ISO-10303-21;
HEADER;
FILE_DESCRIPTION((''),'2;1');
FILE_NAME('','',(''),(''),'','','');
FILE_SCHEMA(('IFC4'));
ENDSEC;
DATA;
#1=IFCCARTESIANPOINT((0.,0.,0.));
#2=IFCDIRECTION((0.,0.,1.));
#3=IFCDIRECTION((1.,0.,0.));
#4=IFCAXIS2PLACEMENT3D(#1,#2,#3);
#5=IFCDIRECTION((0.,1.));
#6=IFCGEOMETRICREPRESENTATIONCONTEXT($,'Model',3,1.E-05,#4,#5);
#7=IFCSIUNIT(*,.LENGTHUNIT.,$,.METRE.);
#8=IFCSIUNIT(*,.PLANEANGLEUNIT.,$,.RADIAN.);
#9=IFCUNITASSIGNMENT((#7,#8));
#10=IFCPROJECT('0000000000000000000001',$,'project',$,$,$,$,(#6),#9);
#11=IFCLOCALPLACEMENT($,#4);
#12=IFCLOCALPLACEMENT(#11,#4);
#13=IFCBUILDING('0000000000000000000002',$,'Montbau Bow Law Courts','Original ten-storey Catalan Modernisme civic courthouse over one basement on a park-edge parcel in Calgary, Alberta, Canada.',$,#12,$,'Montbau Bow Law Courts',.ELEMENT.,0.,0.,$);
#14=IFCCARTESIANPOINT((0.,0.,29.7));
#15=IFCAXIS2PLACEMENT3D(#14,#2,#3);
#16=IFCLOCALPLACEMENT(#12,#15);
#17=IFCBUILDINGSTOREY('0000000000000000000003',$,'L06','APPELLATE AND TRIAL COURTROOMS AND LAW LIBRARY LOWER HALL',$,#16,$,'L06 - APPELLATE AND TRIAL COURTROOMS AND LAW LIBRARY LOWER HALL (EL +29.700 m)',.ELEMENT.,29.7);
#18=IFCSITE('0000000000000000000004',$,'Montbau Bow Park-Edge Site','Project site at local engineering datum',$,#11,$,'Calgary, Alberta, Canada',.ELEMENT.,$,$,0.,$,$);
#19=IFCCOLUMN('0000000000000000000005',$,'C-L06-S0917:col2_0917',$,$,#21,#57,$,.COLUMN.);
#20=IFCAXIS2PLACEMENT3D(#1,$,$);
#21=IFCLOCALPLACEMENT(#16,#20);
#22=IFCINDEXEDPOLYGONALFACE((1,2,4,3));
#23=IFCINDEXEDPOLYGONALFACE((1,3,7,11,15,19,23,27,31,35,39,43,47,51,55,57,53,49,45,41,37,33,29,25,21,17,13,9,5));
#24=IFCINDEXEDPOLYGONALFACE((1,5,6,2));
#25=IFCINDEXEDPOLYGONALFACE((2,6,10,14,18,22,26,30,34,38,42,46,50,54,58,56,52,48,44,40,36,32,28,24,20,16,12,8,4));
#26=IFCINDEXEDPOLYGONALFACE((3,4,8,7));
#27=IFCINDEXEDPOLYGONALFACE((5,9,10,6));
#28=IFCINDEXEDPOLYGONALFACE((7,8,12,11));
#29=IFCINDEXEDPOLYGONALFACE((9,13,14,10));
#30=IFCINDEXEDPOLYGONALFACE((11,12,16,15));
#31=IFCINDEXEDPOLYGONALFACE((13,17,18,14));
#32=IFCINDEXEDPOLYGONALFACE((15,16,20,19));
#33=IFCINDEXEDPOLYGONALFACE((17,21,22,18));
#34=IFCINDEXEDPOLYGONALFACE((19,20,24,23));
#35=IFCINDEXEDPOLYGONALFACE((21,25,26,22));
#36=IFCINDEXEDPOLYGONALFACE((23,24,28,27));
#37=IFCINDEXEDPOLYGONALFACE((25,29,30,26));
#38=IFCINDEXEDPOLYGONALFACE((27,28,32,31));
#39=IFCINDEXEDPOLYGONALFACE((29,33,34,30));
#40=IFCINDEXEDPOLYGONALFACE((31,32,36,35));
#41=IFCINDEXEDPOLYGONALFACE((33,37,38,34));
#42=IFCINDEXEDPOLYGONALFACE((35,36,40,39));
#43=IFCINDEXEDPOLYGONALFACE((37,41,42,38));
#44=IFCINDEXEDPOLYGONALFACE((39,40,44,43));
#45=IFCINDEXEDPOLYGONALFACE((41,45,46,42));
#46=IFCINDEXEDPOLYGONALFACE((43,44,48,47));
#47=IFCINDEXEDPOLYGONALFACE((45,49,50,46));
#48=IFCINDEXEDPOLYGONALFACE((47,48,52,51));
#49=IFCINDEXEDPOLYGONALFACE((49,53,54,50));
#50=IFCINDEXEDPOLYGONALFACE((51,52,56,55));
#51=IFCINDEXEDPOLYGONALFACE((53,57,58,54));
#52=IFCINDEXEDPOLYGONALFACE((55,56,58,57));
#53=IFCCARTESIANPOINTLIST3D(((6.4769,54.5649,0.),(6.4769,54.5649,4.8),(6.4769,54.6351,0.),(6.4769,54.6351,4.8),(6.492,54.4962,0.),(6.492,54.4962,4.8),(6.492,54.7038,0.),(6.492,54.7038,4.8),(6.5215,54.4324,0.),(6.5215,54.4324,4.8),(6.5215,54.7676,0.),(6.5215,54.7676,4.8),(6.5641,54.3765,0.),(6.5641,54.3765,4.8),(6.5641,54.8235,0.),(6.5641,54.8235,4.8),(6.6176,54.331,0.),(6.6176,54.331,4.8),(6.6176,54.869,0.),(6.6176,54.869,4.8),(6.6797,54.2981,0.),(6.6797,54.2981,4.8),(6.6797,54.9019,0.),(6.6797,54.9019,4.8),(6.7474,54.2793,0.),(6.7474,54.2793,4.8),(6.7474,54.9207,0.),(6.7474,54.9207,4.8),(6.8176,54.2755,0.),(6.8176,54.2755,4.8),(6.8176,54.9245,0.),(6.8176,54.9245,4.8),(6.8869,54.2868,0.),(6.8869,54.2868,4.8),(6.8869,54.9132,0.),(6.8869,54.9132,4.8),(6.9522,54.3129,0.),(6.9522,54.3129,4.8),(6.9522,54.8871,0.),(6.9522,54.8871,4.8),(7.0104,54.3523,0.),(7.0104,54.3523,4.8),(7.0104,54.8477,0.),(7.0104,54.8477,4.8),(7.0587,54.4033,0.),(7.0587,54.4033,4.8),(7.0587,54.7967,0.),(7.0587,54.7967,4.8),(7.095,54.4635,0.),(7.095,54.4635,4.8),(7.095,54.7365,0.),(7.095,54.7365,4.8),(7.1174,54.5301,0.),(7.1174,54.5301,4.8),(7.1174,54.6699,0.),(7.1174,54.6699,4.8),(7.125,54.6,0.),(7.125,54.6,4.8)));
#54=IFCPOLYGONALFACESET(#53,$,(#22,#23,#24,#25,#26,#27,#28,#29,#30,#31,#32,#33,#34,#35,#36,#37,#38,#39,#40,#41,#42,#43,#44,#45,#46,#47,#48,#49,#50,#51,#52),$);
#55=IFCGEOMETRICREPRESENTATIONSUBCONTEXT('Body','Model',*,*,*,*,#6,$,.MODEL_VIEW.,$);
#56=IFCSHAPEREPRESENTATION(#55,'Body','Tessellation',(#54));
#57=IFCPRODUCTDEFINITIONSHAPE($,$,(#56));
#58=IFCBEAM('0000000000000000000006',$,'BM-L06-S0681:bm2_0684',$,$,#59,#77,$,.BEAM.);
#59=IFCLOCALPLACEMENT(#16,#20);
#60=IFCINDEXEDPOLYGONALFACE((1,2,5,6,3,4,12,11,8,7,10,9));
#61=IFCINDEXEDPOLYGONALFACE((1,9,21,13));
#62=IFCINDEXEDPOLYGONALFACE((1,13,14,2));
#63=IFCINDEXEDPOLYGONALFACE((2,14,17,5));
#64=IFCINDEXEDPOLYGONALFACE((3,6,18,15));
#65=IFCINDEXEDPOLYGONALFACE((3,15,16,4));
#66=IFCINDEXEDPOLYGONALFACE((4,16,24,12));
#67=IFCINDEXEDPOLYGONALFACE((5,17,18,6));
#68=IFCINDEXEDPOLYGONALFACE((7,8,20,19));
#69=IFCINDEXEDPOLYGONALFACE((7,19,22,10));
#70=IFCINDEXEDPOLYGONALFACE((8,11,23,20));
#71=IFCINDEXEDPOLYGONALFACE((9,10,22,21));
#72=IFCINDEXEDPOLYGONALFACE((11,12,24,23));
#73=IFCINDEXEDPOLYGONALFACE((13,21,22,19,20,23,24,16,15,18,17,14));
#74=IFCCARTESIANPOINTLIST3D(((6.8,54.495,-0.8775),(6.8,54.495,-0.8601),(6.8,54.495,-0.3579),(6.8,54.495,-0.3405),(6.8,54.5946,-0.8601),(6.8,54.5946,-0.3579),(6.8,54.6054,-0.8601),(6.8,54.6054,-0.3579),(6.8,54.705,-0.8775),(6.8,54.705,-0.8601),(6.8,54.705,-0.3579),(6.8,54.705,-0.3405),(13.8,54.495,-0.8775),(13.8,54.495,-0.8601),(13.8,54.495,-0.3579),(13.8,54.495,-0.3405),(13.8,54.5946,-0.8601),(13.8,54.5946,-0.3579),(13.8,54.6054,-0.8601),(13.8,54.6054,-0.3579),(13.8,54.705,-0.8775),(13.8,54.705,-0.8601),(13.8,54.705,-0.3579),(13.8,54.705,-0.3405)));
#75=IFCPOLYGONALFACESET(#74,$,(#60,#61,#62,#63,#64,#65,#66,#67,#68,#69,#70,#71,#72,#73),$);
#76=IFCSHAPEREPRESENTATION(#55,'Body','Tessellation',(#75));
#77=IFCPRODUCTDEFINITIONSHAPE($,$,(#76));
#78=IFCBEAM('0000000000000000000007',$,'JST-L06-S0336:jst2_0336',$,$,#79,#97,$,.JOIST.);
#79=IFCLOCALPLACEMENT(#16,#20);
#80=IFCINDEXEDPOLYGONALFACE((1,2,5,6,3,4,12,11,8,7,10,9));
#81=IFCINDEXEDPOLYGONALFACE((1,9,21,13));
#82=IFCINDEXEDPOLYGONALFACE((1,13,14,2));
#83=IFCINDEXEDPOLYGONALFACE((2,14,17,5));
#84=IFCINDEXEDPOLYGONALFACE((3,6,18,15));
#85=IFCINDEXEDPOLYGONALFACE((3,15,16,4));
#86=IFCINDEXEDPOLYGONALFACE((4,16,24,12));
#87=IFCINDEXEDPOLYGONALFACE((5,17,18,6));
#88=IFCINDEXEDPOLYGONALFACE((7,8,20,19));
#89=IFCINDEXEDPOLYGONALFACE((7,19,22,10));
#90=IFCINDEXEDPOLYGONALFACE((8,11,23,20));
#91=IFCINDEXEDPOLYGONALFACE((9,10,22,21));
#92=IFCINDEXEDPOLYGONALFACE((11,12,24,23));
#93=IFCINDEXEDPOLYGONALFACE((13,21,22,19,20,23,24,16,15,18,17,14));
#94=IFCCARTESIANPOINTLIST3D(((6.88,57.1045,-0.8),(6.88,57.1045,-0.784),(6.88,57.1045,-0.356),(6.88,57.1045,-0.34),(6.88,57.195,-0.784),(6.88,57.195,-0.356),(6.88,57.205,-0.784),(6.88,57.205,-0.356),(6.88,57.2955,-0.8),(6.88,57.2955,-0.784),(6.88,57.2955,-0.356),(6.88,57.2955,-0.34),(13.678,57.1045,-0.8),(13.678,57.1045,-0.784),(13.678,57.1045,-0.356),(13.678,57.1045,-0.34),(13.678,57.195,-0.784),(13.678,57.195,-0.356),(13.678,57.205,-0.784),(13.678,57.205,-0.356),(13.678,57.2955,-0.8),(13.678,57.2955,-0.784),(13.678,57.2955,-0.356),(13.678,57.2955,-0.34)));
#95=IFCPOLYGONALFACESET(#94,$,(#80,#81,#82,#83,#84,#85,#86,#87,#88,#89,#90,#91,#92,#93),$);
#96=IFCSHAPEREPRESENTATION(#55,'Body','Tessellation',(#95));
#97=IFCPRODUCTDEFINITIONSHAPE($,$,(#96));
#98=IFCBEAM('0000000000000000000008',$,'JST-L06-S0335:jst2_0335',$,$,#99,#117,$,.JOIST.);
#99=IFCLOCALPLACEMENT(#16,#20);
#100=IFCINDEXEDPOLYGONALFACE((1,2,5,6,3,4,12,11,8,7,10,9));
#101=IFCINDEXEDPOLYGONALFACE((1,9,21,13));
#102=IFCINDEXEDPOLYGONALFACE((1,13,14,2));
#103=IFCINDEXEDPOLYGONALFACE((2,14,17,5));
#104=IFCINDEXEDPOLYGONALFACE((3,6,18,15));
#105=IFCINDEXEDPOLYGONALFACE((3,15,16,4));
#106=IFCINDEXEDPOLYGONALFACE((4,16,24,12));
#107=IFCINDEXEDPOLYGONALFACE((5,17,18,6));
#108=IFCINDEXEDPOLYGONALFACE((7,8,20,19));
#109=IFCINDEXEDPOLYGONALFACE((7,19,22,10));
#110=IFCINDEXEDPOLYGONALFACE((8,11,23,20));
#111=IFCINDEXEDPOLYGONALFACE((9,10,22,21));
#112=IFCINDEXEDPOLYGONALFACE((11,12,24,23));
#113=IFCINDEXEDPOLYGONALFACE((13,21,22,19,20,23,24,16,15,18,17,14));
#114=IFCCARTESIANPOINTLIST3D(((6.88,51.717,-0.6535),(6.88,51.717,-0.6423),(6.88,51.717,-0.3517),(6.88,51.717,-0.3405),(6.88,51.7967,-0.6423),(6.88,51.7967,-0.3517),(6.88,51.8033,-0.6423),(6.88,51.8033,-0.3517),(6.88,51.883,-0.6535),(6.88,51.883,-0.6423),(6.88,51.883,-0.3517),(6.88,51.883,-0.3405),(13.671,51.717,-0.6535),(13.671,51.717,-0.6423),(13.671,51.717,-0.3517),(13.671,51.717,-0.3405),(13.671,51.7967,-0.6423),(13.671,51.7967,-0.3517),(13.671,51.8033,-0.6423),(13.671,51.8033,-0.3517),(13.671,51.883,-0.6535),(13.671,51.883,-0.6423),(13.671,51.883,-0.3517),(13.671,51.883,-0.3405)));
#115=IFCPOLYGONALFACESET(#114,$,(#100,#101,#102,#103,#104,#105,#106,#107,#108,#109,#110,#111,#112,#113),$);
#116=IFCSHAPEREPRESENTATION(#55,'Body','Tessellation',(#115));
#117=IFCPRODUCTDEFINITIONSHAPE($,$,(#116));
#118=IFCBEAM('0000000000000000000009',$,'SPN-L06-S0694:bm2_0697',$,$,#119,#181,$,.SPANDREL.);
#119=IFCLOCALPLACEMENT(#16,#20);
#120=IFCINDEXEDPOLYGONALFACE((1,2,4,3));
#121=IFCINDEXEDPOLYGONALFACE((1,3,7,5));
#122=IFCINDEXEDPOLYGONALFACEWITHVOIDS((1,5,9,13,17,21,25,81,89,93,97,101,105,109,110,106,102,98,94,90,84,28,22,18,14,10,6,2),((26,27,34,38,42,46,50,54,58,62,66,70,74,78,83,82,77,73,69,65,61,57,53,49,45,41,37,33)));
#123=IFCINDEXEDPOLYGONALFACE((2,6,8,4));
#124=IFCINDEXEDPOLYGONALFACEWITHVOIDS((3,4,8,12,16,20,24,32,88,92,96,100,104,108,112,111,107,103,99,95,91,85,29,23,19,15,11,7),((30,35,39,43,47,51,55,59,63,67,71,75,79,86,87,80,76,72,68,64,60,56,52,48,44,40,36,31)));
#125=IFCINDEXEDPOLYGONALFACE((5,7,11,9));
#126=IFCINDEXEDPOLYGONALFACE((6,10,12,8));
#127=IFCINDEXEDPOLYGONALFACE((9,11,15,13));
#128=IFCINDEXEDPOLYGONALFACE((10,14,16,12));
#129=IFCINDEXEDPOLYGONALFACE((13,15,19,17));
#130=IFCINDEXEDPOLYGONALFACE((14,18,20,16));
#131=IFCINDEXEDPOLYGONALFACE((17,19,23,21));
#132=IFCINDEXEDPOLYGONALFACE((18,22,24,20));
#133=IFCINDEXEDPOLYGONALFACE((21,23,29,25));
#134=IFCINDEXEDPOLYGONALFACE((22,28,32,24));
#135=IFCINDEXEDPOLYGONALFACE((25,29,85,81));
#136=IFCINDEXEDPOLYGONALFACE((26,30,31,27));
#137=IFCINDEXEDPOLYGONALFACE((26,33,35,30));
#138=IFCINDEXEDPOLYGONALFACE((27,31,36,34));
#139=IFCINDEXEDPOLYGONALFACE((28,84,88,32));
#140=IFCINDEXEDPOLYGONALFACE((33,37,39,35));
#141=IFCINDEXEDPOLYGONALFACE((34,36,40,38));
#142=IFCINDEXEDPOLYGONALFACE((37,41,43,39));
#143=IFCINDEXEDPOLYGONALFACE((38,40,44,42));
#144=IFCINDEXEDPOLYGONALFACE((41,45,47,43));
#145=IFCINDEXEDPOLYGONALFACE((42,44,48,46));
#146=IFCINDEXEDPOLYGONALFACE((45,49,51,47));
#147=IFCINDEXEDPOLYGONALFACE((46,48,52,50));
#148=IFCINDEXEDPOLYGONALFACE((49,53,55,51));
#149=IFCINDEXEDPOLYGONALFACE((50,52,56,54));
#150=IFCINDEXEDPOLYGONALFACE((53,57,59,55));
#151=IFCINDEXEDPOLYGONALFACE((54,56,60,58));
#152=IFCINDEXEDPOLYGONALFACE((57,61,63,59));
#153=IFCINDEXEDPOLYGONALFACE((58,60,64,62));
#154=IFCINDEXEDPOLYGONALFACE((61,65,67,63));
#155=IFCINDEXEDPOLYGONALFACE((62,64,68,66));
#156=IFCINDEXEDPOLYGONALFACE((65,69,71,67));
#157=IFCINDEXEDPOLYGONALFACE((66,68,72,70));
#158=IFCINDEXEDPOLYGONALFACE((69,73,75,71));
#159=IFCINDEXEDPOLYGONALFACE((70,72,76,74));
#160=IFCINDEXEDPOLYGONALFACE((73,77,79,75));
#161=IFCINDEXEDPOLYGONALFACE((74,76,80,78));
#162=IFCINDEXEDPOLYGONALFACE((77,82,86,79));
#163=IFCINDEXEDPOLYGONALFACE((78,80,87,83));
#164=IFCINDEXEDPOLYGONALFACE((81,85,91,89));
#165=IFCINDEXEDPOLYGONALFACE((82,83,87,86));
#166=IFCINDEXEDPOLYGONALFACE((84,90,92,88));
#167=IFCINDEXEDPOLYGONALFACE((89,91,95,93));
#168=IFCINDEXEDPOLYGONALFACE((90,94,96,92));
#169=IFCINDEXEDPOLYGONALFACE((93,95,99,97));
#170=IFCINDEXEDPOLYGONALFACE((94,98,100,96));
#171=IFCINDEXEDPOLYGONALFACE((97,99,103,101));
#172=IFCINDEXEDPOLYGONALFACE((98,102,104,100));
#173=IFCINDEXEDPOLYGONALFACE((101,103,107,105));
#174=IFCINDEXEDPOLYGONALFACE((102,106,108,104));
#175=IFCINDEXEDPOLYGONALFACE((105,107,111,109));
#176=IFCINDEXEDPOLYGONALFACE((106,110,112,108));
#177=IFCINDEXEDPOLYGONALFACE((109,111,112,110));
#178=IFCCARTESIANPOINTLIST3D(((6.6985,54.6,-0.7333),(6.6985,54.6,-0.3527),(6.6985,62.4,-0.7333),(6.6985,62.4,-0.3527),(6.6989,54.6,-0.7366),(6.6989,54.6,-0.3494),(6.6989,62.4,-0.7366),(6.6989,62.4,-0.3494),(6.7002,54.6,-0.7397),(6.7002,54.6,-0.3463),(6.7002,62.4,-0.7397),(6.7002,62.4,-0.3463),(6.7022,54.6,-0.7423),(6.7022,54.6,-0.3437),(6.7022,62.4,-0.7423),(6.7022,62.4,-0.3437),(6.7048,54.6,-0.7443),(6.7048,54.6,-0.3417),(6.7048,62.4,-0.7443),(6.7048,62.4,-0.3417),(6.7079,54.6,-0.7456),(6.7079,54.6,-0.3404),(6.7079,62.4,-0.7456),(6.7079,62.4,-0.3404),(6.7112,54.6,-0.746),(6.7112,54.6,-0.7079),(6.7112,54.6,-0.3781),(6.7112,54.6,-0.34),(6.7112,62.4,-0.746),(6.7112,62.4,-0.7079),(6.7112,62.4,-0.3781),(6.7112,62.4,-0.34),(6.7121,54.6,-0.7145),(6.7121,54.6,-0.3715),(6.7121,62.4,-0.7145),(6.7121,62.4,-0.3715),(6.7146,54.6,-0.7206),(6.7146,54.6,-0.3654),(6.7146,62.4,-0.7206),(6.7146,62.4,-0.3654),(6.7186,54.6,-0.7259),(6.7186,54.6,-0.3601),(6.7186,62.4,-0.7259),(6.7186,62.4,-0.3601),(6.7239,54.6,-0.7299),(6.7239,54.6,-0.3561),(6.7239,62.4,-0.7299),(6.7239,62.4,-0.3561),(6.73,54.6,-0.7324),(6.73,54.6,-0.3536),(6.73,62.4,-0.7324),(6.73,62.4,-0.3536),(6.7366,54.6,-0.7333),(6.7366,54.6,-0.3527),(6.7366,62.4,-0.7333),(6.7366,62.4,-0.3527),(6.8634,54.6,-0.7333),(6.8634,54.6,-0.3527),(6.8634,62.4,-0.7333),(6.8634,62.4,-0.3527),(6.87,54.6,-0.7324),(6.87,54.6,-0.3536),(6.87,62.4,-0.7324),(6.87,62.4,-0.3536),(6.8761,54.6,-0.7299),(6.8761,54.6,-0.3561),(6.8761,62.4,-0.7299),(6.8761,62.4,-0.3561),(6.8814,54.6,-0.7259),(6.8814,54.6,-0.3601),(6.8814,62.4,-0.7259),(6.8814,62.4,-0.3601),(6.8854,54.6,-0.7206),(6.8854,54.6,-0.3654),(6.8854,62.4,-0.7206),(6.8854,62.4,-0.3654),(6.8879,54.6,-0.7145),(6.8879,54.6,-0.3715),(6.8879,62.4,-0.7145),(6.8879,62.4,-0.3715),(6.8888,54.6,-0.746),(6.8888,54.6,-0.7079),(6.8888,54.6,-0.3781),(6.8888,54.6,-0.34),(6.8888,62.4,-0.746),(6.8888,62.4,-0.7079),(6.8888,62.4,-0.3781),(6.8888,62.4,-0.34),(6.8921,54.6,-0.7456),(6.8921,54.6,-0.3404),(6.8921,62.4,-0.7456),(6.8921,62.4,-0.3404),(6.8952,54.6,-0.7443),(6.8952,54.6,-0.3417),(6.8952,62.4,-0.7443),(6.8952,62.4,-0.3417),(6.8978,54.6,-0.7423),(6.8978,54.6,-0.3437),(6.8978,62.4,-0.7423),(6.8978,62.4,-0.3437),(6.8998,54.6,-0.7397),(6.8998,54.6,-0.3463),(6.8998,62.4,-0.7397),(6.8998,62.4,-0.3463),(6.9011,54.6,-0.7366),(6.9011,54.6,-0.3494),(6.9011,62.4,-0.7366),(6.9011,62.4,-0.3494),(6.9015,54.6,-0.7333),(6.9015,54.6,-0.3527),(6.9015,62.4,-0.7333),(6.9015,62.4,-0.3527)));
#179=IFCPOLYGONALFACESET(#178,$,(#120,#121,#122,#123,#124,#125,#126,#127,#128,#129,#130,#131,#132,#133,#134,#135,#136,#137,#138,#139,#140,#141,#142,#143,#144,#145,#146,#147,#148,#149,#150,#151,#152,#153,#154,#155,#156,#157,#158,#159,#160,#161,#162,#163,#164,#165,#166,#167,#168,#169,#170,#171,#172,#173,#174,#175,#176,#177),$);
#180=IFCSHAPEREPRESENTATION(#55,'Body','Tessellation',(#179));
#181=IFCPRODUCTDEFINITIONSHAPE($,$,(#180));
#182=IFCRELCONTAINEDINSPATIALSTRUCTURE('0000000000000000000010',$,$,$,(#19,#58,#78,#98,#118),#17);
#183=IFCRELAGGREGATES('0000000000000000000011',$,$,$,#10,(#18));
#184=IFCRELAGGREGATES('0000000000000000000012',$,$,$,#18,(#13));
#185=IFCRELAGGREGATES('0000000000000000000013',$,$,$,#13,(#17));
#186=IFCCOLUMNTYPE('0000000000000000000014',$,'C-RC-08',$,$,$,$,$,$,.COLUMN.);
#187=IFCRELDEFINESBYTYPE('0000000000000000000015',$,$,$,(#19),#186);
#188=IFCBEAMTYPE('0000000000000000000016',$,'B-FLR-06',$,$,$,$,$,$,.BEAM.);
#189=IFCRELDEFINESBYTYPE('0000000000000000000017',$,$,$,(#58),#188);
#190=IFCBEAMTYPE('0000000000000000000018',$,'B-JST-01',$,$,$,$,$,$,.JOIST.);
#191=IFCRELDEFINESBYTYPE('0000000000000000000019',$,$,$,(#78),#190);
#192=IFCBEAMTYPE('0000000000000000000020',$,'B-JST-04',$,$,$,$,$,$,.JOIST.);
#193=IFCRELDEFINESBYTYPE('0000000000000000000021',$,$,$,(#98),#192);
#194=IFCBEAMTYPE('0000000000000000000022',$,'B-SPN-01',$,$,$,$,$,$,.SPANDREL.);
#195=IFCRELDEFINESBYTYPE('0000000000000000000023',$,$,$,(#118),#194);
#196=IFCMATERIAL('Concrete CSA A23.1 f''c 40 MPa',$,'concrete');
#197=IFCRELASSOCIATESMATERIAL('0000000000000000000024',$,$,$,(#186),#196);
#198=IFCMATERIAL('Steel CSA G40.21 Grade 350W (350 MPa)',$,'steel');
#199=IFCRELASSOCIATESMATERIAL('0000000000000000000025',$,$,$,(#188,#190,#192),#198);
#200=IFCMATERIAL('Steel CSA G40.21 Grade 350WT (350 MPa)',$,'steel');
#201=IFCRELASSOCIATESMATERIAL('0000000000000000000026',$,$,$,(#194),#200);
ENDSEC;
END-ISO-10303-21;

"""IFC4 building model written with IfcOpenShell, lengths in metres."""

from ifc_helpers import new_model, si_unit, direction, frame, origin_with_axes, origin_2d_with_axis, place, context, subcontext, project, spatial, hollow_rectangle, circle, i_section, extrude, material, material_profile, profile_set, type_object, element, save


model = new_model("IFC4")

# Units and contexts
model_context = context("Model", 3, precision=1e-05, world=origin_with_axes(), true_north=direction((0.0, 1.0)))
body_context = subcontext(model_context, "Body", "Model", "MODEL_VIEW")
ifc_project = project(units=[si_unit("LENGTHUNIT", "METRE"), si_unit("PLANEANGLEUNIT", "RADIAN")], contexts=[model_context])

# Site, building, storey
site_placement = place(None, origin_with_axes())
site = spatial("IfcSite", under=ifc_project, at=site_placement, Name="Montbau Bow Park-Edge Site", Description="Project site at local engineering datum", LongName="Calgary, Alberta, Canada", CompositionType="ELEMENT", RefElevation=0.0)
building_placement = place(site_placement, origin_with_axes())
building = spatial("IfcBuilding", under=site, at=building_placement, Name="Montbau Bow Law Courts", Description="Original ten-storey Catalan Modernisme civic courthouse over one basement on a park-edge parcel in Calgary, Alberta, Canada.", LongName="Montbau Bow Law Courts", CompositionType="ELEMENT", ElevationOfRefHeight=0.0, ElevationOfTerrain=0.0)
storey_placement = place(building_placement, frame((0.0, 0.0, 29.7), z_axis=(0.0, 0.0, 1.0), x_axis=(1.0, 0.0, 0.0)))
storey = spatial("IfcBuildingStorey", under=building, at=storey_placement, Name="L06", Description="APPELLATE AND TRIAL COURTROOMS AND LAW LIBRARY LOWER HALL", LongName="L06 - APPELLATE AND TRIAL COURTROOMS AND LAW LIBRARY LOWER HALL (EL +29.700 m)", CompositionType="ELEMENT", Elevation=29.7)

# Column
ifc_material_1 = material(Name="Concrete CSA A23.1 f'c 40 MPa", Category="concrete")
ifc_material_profile_1 = material_profile(ifc_material_1, circle(Radius=0.325, at=origin_2d_with_axis()), Name="RC650D", Category="Main", Priority=0)
ifc_profile_set_1 = profile_set([ifc_material_profile_1], Name="Concrete CSA A23.1 f'c 40 MPa")
column_type = type_object("IfcColumnType", Name="C-RC-08", PredefinedType="COLUMN", material=ifc_profile_set_1)
column_placement = place(None, frame((6.8, 54.6, 29.7), z_axis=(0.0, 0.0, 1.0), x_axis=(1.0, 0.0, 0.0)))
element("IfcColumn", 1, at=column_placement, inside=storey, type_object=column_type, Name="C-L06-S0917:col2_0917", PredefinedType="COLUMN", context=body_context, shape_type="SweptSolid", body=[
    extrude(circle(Radius=0.325, at=origin_2d_with_axis()), origin_with_axes(), (0.0, 0.0, 1.0), 4.8),
])

# Beams
ifc_material_2 = material(Name="Steel CSA G40.21 Grade 350W (350 MPa)", Category="steel")
ifc_material_profile_2 = material_profile(ifc_material_2, i_section(OverallWidth=0.21, OverallDepth=0.537, WebThickness=0.0109, FlangeThickness=0.0174, at=origin_2d_with_axis()), Name="W530X101", Category="Main", Priority=0)
ifc_profile_set_2 = profile_set([ifc_material_profile_2], Name="Steel CSA G40.21 Grade 350W (350 MPa)")
beam_type_1 = type_object("IfcBeamType", Name="B-FLR-06", PredefinedType="BEAM", material=ifc_profile_set_2)
beam_1_placement = place(None, frame((6.8, 54.6, 29.091), z_axis=(1.0, 0.0, 0.0), x_axis=(0.0, 1.0, 0.0)))
element("IfcBeam", 2, at=beam_1_placement, inside=storey, type_object=beam_type_1, Name="BM-L06-S0681:bm2_0684", PredefinedType="BEAM", context=body_context, shape_type="SweptSolid", body=[
    extrude(i_section(OverallWidth=0.21, OverallDepth=0.537, WebThickness=0.0109, FlangeThickness=0.0174, at=origin_2d_with_axis()), origin_with_axes(), (0.0, 0.0, 1.0), 7.0),
])
ifc_material_profile_3 = material_profile(ifc_material_2, i_section(OverallWidth=0.191, OverallDepth=0.46, WebThickness=0.0099, FlangeThickness=0.016, at=origin_2d_with_axis()), Name="W460X82", Category="Main", Priority=0)
ifc_profile_set_3 = profile_set([ifc_material_profile_3], Name="Steel CSA G40.21 Grade 350W (350 MPa)")
beam_type_2 = type_object("IfcBeamType", Name="B-JST-01", PredefinedType="JOIST", material=ifc_profile_set_3)
beam_2_placement = place(None, frame((6.88, 57.2, 29.13), z_axis=(1.0, 0.0, 0.0), x_axis=(0.0, 1.0, 0.0)))
element("IfcBeam", 3, at=beam_2_placement, inside=storey, type_object=beam_type_2, Name="JST-L06-S0336:jst2_0336", PredefinedType="JOIST", context=body_context, shape_type="SweptSolid", body=[
    extrude(i_section(OverallWidth=0.191, OverallDepth=0.46, WebThickness=0.0099, FlangeThickness=0.016, at=origin_2d_with_axis()), origin_with_axes(), (0.0, 0.0, 1.0), 6.798),
])
ifc_material_profile_4 = material_profile(ifc_material_2, i_section(OverallWidth=0.166, OverallDepth=0.313, WebThickness=0.0066, FlangeThickness=0.0112, at=origin_2d_with_axis()), Name="W310X45", Category="Main", Priority=0)
ifc_profile_set_4 = profile_set([ifc_material_profile_4], Name="Steel CSA G40.21 Grade 350W (350 MPa)")
beam_type_3 = type_object("IfcBeamType", Name="B-JST-04", PredefinedType="JOIST", material=ifc_profile_set_4)
beam_3_placement = place(None, frame((6.88, 51.8, 29.203), z_axis=(1.0, 0.0, 0.0), x_axis=(0.0, 1.0, 0.0)))
element("IfcBeam", 4, at=beam_3_placement, inside=storey, type_object=beam_type_3, Name="JST-L06-S0335:jst2_0335", PredefinedType="JOIST", context=body_context, shape_type="SweptSolid", body=[
    extrude(i_section(OverallWidth=0.166, OverallDepth=0.313, WebThickness=0.0066, FlangeThickness=0.0112, at=origin_2d_with_axis()), origin_with_axes(), (0.0, 0.0, 1.0), 6.791),
])
ifc_material_3 = material(Name="Steel CSA G40.21 Grade 350WT (350 MPa)", Category="steel")
ifc_material_profile_5 = material_profile(ifc_material_3, hollow_rectangle(XDim=0.203, YDim=0.406, WallThickness=0.0127, InnerFilletRadius=0.0254, OuterFilletRadius=0.0127, at=origin_2d_with_axis()), Name="HSS406X203X13", Category="Main", Priority=0)
ifc_profile_set_5 = profile_set([ifc_material_profile_5], Name="Steel CSA G40.21 Grade 350WT (350 MPa)")
beam_type_4 = type_object("IfcBeamType", Name="B-SPN-01", PredefinedType="SPANDREL", material=ifc_profile_set_5)
beam_4_placement = place(None, frame((6.8, 54.6, 29.157), z_axis=(0.0, 1.0, 0.0), x_axis=(-1.0, 0.0, 0.0)))
element("IfcBeam", 5, at=beam_4_placement, inside=storey, type_object=beam_type_4, Name="SPN-L06-S0694:bm2_0697", PredefinedType="SPANDREL", context=body_context, shape_type="SweptSolid", body=[
    extrude(hollow_rectangle(XDim=0.203, YDim=0.406, WallThickness=0.0127, InnerFilletRadius=0.0254, OuterFilletRadius=0.0127, at=origin_2d_with_axis()), origin_with_axes(), (0.0, 0.0, 1.0), 7.8),
])

save(model, "model.ifc")
